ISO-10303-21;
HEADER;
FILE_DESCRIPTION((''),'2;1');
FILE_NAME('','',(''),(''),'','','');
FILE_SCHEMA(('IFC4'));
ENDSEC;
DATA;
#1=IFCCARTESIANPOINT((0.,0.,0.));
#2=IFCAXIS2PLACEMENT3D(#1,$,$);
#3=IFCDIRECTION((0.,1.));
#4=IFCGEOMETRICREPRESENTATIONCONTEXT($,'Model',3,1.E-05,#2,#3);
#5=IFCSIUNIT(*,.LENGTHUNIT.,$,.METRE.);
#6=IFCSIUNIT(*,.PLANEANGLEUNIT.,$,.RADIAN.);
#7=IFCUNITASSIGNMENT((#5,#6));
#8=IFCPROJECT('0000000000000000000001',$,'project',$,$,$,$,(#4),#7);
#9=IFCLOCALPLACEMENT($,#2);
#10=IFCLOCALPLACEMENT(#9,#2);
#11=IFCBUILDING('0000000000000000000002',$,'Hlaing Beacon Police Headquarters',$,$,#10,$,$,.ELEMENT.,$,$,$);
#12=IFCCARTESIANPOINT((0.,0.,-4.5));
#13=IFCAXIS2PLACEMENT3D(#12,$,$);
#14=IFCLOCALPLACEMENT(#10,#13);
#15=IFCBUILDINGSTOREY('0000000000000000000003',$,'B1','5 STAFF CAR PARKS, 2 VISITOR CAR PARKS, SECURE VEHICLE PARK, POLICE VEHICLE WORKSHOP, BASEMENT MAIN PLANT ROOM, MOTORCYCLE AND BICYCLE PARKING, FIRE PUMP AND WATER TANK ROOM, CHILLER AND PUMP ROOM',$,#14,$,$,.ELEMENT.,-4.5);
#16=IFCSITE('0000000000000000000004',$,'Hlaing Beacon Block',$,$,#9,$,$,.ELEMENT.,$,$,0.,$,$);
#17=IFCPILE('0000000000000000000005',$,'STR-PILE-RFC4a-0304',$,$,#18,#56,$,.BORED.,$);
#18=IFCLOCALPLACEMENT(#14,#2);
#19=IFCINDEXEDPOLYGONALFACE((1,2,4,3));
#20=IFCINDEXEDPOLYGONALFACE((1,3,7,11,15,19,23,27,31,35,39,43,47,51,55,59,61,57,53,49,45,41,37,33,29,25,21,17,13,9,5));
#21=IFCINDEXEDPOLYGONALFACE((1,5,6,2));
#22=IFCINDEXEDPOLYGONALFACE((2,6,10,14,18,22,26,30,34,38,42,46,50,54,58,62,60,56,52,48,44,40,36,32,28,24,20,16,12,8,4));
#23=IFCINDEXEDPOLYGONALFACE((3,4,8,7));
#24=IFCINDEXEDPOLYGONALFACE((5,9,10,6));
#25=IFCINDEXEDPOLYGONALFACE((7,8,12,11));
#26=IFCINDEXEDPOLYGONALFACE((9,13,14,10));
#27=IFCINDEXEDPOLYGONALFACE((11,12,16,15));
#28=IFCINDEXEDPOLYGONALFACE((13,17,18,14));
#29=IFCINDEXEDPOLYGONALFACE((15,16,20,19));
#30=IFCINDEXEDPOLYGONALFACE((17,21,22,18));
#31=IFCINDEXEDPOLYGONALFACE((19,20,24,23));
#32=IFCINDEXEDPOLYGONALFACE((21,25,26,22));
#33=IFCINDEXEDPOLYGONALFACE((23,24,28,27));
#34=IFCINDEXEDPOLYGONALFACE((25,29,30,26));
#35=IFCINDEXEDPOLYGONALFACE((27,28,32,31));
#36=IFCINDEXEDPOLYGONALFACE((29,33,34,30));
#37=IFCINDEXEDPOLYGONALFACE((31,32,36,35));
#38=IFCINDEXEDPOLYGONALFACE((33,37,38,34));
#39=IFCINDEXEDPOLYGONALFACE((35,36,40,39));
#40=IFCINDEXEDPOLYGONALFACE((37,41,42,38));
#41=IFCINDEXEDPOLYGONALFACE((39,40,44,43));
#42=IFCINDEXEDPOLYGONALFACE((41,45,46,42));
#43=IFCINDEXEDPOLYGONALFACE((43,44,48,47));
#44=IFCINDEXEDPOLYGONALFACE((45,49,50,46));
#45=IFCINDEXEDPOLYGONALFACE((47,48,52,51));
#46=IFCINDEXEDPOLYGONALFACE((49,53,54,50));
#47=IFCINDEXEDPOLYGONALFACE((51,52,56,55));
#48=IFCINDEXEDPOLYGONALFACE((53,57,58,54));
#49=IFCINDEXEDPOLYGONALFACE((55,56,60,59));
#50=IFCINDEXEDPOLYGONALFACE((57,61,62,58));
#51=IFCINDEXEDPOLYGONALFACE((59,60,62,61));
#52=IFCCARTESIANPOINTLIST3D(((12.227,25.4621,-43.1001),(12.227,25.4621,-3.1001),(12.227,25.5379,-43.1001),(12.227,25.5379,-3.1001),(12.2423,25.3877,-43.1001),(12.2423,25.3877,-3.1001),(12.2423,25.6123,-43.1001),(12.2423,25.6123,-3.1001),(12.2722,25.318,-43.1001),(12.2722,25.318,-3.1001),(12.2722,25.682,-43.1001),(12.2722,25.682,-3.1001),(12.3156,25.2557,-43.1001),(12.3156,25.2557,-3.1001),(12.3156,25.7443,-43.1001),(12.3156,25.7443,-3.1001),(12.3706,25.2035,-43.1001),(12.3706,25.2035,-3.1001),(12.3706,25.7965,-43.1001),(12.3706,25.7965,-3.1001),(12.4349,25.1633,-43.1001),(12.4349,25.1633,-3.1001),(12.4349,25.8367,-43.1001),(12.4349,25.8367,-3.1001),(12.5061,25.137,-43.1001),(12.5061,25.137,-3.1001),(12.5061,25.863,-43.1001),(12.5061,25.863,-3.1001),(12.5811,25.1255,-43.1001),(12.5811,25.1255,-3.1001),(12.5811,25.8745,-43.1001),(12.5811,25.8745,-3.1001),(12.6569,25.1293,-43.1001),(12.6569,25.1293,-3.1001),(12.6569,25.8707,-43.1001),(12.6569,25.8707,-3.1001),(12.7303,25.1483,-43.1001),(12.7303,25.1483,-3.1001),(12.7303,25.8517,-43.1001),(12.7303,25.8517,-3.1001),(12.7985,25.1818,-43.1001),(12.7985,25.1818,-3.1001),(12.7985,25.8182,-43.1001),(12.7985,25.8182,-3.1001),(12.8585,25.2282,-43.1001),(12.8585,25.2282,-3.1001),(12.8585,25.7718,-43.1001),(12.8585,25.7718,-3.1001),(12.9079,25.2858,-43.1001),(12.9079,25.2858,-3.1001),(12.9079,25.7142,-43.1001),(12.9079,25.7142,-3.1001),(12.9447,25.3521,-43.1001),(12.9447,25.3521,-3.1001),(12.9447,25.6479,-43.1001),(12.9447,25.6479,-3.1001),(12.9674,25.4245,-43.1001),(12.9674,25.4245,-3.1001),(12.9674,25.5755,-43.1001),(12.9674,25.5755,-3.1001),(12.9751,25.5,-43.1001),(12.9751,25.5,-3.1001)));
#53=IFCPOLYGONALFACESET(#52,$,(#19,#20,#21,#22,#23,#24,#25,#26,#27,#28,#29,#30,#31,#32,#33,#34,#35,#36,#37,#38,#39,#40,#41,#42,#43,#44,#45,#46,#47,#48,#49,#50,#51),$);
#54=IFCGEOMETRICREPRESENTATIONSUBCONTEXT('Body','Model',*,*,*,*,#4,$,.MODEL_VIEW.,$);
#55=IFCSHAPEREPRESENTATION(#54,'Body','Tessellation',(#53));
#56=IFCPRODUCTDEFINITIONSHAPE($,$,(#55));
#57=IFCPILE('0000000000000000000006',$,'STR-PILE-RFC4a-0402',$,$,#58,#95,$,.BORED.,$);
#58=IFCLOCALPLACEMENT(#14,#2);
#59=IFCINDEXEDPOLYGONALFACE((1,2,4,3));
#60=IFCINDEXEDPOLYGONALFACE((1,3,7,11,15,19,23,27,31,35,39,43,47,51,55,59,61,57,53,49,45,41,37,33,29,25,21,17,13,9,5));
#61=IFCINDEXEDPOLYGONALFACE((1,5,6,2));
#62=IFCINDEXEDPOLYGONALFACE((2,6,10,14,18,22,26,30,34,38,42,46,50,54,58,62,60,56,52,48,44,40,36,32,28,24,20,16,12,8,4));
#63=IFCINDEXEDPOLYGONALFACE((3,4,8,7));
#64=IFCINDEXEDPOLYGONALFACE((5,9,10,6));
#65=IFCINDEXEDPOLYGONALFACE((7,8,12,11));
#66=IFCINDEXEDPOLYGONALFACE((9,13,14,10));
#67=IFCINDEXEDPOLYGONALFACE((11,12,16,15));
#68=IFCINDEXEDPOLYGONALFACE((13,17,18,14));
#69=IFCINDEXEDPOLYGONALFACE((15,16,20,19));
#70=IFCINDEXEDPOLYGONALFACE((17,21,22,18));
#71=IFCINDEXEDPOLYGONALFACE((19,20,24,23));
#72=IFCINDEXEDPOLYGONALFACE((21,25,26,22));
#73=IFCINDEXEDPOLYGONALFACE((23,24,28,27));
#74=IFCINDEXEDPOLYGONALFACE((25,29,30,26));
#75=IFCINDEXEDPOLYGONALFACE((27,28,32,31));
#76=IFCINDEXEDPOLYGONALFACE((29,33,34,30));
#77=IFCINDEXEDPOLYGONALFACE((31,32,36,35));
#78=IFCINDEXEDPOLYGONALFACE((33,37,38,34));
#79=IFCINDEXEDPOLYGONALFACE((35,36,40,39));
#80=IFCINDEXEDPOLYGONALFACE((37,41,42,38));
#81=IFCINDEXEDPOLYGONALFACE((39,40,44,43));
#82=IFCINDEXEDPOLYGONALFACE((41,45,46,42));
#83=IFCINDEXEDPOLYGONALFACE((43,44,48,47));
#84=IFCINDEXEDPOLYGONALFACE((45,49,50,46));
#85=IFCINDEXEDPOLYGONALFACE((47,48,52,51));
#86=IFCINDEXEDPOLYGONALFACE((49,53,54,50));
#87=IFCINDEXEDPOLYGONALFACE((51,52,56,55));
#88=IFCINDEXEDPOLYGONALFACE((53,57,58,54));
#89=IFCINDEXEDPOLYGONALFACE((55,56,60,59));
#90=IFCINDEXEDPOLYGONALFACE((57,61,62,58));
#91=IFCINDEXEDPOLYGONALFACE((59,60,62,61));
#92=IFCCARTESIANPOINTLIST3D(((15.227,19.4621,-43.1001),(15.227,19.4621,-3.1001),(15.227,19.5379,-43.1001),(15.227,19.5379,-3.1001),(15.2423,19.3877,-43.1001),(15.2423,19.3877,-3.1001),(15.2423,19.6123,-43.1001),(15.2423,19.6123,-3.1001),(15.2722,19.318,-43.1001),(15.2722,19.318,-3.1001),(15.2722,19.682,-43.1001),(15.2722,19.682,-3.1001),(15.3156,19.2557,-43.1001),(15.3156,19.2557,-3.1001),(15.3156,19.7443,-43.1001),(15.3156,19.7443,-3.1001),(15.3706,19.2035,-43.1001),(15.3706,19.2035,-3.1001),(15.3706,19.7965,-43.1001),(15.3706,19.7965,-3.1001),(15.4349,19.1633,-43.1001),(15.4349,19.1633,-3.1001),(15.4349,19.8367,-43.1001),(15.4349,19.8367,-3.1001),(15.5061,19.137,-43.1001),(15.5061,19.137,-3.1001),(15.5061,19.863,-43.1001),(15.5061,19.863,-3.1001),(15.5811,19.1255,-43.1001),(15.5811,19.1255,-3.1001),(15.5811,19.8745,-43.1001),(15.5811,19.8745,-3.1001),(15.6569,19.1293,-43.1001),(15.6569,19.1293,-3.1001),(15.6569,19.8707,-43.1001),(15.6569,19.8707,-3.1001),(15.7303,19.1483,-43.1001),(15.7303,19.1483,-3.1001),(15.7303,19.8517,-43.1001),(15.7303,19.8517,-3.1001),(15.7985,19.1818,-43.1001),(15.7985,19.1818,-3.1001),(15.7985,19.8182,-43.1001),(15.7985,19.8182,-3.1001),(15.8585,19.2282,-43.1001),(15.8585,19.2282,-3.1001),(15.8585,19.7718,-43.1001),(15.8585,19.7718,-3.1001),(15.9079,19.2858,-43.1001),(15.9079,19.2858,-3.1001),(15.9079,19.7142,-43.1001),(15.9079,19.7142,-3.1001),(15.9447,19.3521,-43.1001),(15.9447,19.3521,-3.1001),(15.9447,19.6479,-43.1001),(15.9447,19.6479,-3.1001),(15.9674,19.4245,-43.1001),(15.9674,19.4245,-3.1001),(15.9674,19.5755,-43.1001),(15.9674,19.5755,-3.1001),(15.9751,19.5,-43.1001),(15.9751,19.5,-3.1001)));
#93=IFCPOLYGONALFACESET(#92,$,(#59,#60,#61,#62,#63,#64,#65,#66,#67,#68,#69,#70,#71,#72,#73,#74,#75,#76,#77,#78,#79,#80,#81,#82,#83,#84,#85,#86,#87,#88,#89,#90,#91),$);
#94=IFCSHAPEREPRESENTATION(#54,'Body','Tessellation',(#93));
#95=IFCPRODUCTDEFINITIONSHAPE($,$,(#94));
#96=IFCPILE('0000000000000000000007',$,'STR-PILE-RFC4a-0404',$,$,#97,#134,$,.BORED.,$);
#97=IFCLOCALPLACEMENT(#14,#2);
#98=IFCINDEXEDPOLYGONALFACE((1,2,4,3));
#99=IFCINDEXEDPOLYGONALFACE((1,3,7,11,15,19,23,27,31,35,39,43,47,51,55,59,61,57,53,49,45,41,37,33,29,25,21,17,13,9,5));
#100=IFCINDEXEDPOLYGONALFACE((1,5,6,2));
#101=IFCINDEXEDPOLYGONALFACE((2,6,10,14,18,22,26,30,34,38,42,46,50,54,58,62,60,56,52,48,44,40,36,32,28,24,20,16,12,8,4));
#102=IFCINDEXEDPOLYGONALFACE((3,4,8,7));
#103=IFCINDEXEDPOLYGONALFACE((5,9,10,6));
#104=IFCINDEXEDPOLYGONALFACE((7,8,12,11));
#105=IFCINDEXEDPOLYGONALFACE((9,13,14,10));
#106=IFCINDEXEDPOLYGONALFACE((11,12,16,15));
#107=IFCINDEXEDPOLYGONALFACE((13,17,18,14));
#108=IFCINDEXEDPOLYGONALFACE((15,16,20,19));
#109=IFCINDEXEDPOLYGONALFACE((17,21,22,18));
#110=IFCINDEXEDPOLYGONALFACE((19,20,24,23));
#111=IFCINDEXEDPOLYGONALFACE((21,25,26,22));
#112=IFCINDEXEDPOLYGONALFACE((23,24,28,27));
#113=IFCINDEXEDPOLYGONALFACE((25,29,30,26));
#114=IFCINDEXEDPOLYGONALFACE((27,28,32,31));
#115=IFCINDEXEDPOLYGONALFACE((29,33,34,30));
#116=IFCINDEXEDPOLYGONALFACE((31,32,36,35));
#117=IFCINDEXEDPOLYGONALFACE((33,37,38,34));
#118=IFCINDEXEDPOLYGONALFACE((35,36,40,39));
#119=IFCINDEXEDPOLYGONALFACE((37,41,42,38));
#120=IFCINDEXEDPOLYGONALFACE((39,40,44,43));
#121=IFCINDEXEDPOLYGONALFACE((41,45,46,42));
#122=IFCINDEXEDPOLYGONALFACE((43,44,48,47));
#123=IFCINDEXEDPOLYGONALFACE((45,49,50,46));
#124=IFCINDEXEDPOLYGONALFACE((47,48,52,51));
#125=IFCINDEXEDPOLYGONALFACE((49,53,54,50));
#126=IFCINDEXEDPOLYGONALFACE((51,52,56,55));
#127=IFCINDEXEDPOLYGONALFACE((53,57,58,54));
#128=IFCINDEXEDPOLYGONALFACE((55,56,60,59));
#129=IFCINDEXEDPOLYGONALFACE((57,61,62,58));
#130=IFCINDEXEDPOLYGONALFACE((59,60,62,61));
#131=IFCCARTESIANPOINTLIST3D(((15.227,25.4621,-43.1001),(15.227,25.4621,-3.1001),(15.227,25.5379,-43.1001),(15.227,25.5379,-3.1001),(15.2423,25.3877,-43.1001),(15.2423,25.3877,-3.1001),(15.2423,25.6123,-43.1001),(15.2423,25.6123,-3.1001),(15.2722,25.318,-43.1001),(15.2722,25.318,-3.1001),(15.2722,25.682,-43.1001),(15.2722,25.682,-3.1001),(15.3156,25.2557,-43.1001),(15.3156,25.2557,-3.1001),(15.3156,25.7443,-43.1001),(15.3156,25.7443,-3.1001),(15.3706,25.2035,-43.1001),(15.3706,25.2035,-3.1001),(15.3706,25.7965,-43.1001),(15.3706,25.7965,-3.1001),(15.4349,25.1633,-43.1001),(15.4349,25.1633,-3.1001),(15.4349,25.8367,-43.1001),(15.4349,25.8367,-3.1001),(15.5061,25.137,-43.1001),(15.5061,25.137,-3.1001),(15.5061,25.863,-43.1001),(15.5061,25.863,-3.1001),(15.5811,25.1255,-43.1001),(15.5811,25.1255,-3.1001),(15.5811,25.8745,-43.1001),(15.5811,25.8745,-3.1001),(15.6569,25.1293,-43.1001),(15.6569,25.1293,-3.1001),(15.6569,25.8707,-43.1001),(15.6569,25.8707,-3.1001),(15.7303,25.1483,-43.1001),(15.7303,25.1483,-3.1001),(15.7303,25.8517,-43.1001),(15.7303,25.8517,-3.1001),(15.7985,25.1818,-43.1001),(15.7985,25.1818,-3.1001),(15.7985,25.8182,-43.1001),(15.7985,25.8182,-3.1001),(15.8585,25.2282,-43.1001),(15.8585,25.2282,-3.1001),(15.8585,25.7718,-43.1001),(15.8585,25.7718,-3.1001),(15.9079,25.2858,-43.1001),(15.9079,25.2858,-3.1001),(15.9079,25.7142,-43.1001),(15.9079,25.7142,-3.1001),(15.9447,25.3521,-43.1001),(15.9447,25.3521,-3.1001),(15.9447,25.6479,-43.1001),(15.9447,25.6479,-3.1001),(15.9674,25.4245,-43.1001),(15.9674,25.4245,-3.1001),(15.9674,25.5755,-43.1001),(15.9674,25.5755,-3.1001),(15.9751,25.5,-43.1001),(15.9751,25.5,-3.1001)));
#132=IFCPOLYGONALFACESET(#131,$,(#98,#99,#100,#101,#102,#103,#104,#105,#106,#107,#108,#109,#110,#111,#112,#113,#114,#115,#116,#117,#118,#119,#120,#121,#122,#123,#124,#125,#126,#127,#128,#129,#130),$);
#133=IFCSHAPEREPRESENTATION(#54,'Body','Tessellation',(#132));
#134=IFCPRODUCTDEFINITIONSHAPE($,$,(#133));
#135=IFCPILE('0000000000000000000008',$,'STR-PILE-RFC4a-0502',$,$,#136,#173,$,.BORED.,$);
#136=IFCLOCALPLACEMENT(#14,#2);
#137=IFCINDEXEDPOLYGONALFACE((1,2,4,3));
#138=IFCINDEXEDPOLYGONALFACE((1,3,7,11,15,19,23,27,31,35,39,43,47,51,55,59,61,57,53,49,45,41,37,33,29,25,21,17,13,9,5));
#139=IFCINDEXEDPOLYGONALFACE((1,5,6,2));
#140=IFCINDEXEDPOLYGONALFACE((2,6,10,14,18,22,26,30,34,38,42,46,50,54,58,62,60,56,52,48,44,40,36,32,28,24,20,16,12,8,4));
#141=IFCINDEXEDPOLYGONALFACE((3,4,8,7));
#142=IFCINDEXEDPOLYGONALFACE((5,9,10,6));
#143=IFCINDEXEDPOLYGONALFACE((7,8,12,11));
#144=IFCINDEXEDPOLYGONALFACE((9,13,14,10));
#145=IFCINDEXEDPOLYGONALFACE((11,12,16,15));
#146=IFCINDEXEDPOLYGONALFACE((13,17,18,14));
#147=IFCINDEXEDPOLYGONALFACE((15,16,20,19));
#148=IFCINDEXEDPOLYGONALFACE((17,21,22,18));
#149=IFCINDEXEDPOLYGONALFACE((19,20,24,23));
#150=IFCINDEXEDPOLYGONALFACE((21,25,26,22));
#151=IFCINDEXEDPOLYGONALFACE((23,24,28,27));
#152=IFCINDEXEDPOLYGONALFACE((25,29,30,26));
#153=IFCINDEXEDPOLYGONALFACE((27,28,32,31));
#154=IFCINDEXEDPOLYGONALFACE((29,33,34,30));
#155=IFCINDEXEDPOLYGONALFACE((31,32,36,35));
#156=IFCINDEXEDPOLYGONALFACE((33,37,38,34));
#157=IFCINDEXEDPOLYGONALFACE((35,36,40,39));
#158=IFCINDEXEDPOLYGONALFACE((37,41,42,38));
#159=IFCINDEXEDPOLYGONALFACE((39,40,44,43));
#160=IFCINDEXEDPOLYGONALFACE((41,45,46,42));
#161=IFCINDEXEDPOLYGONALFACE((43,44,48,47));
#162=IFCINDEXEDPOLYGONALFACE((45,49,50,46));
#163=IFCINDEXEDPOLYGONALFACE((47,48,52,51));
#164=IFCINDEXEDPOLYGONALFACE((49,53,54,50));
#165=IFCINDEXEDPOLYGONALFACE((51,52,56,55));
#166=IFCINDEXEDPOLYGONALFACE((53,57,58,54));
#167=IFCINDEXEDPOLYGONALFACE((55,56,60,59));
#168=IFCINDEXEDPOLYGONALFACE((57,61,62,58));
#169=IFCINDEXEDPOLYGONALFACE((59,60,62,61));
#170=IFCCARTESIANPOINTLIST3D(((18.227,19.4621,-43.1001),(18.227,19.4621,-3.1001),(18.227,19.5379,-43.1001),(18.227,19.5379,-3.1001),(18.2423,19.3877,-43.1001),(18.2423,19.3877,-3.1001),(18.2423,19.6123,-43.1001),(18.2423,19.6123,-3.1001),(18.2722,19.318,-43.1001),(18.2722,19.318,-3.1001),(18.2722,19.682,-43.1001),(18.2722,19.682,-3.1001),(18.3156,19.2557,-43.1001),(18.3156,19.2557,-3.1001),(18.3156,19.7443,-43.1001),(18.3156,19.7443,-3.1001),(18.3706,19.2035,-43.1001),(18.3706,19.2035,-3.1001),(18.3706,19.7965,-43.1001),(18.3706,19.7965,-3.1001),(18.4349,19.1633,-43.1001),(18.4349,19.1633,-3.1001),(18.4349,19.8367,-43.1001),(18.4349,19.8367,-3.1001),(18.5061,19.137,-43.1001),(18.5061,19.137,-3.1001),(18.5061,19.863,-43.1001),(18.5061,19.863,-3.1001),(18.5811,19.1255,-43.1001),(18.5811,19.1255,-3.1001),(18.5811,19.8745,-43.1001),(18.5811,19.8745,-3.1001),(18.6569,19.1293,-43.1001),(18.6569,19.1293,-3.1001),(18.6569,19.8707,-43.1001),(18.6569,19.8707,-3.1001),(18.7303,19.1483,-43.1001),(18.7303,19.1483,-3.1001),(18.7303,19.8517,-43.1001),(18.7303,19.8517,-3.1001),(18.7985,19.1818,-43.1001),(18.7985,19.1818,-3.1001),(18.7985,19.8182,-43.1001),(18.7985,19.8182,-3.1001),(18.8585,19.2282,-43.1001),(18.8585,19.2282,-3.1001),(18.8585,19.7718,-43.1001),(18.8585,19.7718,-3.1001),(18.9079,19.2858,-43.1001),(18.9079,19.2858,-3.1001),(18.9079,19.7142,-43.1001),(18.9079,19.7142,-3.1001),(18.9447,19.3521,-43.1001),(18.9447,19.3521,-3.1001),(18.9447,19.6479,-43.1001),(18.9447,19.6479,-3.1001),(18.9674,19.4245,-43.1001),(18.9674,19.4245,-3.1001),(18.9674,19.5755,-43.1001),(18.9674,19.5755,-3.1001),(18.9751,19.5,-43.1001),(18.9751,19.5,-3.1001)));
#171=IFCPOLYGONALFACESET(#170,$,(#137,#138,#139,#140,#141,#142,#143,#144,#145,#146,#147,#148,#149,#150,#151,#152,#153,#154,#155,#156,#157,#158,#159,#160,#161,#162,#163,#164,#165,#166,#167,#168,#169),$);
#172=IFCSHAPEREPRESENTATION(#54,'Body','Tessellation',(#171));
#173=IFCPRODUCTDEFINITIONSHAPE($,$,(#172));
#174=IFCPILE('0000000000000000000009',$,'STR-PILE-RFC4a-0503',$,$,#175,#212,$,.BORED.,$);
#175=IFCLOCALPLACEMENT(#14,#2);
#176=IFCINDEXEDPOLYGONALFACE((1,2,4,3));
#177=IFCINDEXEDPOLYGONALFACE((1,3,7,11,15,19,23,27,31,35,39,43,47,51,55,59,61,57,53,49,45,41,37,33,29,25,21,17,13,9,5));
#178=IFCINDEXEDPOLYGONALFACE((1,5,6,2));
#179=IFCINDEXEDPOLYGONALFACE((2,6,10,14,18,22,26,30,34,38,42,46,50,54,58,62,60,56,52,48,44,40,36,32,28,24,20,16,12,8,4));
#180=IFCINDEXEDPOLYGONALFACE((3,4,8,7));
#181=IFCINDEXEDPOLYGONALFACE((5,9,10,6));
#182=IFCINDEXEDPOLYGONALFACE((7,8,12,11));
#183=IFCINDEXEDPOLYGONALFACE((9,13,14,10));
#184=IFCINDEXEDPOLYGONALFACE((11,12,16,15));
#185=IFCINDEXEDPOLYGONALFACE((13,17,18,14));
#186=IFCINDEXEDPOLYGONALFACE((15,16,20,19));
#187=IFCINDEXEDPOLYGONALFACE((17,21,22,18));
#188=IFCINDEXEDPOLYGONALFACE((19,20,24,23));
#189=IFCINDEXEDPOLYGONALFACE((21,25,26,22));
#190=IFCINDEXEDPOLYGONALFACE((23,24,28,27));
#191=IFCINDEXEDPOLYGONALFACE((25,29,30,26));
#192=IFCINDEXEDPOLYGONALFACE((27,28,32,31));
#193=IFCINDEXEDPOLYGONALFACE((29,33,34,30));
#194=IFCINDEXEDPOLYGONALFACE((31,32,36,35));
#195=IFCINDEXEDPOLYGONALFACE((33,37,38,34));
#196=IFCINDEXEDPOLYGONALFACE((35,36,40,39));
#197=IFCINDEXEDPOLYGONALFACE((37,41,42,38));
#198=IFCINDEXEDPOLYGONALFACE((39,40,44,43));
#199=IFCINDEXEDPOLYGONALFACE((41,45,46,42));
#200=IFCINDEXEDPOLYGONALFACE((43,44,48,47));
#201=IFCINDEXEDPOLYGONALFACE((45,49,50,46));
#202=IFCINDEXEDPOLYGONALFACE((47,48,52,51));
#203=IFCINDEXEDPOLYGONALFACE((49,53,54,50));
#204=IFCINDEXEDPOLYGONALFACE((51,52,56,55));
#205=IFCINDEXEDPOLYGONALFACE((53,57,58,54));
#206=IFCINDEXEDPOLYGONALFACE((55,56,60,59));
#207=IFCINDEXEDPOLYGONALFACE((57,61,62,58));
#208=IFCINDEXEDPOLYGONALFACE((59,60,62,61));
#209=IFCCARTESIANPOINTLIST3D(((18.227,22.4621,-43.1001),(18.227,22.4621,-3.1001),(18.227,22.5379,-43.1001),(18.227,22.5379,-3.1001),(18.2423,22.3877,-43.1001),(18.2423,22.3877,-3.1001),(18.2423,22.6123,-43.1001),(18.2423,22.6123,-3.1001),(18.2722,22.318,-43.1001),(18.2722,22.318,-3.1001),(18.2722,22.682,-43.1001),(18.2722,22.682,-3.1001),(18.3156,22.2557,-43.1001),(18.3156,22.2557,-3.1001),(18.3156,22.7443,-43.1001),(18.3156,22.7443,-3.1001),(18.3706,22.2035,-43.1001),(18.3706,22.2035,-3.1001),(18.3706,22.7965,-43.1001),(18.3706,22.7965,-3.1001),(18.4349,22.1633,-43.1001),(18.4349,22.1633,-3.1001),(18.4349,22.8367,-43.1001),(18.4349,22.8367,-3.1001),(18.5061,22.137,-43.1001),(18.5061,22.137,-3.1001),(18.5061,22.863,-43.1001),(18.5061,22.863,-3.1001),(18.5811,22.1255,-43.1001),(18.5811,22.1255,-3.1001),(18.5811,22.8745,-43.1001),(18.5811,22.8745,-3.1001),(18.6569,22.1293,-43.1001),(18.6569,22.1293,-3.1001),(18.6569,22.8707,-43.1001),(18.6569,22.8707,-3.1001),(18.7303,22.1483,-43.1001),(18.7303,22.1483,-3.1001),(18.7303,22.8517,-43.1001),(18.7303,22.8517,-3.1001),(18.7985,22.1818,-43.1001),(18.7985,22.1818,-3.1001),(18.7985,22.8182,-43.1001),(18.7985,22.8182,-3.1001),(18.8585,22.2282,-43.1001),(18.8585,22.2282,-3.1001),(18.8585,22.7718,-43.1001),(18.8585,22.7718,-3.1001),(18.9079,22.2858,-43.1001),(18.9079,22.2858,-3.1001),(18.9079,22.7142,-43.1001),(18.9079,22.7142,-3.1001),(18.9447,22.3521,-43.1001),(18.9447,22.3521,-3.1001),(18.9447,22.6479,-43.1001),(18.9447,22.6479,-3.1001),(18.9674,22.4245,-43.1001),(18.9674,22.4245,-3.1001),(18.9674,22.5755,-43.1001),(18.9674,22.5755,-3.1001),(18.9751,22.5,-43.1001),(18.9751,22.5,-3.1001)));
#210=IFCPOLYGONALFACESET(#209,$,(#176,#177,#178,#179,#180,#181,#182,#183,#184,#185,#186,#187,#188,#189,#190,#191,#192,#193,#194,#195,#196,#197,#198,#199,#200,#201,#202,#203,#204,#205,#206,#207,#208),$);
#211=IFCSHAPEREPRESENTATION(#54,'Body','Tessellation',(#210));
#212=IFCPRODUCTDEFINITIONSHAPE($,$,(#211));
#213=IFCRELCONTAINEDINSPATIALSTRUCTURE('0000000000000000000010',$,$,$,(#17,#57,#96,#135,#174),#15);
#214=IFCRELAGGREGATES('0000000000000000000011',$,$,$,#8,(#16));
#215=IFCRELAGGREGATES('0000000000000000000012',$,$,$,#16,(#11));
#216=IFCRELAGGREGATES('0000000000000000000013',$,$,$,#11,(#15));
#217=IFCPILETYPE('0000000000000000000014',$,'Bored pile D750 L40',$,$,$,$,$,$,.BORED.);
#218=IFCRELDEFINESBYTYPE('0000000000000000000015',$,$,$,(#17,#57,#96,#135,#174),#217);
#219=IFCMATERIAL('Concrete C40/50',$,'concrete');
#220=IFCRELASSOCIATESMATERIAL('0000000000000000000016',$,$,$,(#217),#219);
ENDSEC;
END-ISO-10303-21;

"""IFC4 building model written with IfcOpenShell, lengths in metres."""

from ifc_helpers import new_model, si_unit, direction, frame, origin, origin_2d, place, context, subcontext, project, spatial, circle, extrude, material, material_profile, profile_set, type_object, element, save


model = new_model("IFC4")

# Units and contexts
model_context = context("Model", 3, precision=1e-05, world=origin(), true_north=direction((0.0, 1.0)))
body_context = subcontext(model_context, "Body", "Model", "MODEL_VIEW")
ifc_project = project(units=[si_unit("LENGTHUNIT", "METRE"), si_unit("PLANEANGLEUNIT", "RADIAN")], contexts=[model_context])

# Site, building, storey
site_placement = place(None, origin())
site = spatial("IfcSite", under=ifc_project, at=site_placement, Name="Hlaing Beacon Block", CompositionType="ELEMENT", RefElevation=0.0)
building_placement = place(site_placement, origin())
building = spatial("IfcBuilding", under=site, at=building_placement, Name="Hlaing Beacon Police Headquarters", CompositionType="ELEMENT")
storey_placement = place(building_placement, frame((0.0, 0.0, -4.5)))
storey = spatial("IfcBuildingStorey", under=building, at=storey_placement, Name="B1", Description="5 STAFF CAR PARKS, 2 VISITOR CAR PARKS, SECURE VEHICLE PARK, POLICE VEHICLE WORKSHOP, BASEMENT MAIN PLANT ROOM, MOTORCYCLE AND BICYCLE PARKING, FIRE PUMP AND WATER TANK ROOM, CHILLER AND PUMP ROOM", CompositionType="ELEMENT", Elevation=-4.5)

# Piles
ifc_material_1 = material(Name="Concrete C40/50", Category="concrete")
ifc_material_profile_1 = material_profile(ifc_material_1, circle(Radius=0.375, at=origin_2d()), Name="D750")
ifc_profile_set_1 = profile_set([ifc_material_profile_1], Name="Concrete C40/50")
pile_type_1 = type_object("IfcPileType", Name="Bored pile D750 L40", PredefinedType="BORED", material=ifc_profile_set_1)
for number, where, z_axis, x_axis, name in (
    (1, (12.6001, 25.5, -3.1001), (0.0, 0.0, -1.0), (1.0, 0.0, 0.0), "STR-PILE-RFC4a-0304"),
    (2, (15.6001, 19.5, -3.1001), (0.0, 0.0, -1.0), (1.0, 0.0, 0.0), "STR-PILE-RFC4a-0402"),
    (3, (15.6001, 25.5, -3.1001), (0.0, 0.0, -1.0), (1.0, 0.0, 0.0), "STR-PILE-RFC4a-0404"),
    (4, (18.6001, 19.5, -3.1001), (0.0, 0.0, -1.0), (1.0, 0.0, 0.0), "STR-PILE-RFC4a-0502"),
    (5, (18.6001, 22.5, -3.1001), (0.0, 0.0, -1.0), (1.0, 0.0, 0.0), "STR-PILE-RFC4a-0503"),
):
    element("IfcPile", number, at=place(storey_placement, frame(where, z_axis=z_axis, x_axis=x_axis)), inside=storey, type_object=pile_type_1, Name=name, PredefinedType="BORED", context=body_context, shape_type="SweptSolid", body=[
        extrude(circle(Radius=0.375, at=origin_2d()), origin(), (0.0, 0.0, 1.0), 40.0),
    ])

save(model, "model.ifc")
